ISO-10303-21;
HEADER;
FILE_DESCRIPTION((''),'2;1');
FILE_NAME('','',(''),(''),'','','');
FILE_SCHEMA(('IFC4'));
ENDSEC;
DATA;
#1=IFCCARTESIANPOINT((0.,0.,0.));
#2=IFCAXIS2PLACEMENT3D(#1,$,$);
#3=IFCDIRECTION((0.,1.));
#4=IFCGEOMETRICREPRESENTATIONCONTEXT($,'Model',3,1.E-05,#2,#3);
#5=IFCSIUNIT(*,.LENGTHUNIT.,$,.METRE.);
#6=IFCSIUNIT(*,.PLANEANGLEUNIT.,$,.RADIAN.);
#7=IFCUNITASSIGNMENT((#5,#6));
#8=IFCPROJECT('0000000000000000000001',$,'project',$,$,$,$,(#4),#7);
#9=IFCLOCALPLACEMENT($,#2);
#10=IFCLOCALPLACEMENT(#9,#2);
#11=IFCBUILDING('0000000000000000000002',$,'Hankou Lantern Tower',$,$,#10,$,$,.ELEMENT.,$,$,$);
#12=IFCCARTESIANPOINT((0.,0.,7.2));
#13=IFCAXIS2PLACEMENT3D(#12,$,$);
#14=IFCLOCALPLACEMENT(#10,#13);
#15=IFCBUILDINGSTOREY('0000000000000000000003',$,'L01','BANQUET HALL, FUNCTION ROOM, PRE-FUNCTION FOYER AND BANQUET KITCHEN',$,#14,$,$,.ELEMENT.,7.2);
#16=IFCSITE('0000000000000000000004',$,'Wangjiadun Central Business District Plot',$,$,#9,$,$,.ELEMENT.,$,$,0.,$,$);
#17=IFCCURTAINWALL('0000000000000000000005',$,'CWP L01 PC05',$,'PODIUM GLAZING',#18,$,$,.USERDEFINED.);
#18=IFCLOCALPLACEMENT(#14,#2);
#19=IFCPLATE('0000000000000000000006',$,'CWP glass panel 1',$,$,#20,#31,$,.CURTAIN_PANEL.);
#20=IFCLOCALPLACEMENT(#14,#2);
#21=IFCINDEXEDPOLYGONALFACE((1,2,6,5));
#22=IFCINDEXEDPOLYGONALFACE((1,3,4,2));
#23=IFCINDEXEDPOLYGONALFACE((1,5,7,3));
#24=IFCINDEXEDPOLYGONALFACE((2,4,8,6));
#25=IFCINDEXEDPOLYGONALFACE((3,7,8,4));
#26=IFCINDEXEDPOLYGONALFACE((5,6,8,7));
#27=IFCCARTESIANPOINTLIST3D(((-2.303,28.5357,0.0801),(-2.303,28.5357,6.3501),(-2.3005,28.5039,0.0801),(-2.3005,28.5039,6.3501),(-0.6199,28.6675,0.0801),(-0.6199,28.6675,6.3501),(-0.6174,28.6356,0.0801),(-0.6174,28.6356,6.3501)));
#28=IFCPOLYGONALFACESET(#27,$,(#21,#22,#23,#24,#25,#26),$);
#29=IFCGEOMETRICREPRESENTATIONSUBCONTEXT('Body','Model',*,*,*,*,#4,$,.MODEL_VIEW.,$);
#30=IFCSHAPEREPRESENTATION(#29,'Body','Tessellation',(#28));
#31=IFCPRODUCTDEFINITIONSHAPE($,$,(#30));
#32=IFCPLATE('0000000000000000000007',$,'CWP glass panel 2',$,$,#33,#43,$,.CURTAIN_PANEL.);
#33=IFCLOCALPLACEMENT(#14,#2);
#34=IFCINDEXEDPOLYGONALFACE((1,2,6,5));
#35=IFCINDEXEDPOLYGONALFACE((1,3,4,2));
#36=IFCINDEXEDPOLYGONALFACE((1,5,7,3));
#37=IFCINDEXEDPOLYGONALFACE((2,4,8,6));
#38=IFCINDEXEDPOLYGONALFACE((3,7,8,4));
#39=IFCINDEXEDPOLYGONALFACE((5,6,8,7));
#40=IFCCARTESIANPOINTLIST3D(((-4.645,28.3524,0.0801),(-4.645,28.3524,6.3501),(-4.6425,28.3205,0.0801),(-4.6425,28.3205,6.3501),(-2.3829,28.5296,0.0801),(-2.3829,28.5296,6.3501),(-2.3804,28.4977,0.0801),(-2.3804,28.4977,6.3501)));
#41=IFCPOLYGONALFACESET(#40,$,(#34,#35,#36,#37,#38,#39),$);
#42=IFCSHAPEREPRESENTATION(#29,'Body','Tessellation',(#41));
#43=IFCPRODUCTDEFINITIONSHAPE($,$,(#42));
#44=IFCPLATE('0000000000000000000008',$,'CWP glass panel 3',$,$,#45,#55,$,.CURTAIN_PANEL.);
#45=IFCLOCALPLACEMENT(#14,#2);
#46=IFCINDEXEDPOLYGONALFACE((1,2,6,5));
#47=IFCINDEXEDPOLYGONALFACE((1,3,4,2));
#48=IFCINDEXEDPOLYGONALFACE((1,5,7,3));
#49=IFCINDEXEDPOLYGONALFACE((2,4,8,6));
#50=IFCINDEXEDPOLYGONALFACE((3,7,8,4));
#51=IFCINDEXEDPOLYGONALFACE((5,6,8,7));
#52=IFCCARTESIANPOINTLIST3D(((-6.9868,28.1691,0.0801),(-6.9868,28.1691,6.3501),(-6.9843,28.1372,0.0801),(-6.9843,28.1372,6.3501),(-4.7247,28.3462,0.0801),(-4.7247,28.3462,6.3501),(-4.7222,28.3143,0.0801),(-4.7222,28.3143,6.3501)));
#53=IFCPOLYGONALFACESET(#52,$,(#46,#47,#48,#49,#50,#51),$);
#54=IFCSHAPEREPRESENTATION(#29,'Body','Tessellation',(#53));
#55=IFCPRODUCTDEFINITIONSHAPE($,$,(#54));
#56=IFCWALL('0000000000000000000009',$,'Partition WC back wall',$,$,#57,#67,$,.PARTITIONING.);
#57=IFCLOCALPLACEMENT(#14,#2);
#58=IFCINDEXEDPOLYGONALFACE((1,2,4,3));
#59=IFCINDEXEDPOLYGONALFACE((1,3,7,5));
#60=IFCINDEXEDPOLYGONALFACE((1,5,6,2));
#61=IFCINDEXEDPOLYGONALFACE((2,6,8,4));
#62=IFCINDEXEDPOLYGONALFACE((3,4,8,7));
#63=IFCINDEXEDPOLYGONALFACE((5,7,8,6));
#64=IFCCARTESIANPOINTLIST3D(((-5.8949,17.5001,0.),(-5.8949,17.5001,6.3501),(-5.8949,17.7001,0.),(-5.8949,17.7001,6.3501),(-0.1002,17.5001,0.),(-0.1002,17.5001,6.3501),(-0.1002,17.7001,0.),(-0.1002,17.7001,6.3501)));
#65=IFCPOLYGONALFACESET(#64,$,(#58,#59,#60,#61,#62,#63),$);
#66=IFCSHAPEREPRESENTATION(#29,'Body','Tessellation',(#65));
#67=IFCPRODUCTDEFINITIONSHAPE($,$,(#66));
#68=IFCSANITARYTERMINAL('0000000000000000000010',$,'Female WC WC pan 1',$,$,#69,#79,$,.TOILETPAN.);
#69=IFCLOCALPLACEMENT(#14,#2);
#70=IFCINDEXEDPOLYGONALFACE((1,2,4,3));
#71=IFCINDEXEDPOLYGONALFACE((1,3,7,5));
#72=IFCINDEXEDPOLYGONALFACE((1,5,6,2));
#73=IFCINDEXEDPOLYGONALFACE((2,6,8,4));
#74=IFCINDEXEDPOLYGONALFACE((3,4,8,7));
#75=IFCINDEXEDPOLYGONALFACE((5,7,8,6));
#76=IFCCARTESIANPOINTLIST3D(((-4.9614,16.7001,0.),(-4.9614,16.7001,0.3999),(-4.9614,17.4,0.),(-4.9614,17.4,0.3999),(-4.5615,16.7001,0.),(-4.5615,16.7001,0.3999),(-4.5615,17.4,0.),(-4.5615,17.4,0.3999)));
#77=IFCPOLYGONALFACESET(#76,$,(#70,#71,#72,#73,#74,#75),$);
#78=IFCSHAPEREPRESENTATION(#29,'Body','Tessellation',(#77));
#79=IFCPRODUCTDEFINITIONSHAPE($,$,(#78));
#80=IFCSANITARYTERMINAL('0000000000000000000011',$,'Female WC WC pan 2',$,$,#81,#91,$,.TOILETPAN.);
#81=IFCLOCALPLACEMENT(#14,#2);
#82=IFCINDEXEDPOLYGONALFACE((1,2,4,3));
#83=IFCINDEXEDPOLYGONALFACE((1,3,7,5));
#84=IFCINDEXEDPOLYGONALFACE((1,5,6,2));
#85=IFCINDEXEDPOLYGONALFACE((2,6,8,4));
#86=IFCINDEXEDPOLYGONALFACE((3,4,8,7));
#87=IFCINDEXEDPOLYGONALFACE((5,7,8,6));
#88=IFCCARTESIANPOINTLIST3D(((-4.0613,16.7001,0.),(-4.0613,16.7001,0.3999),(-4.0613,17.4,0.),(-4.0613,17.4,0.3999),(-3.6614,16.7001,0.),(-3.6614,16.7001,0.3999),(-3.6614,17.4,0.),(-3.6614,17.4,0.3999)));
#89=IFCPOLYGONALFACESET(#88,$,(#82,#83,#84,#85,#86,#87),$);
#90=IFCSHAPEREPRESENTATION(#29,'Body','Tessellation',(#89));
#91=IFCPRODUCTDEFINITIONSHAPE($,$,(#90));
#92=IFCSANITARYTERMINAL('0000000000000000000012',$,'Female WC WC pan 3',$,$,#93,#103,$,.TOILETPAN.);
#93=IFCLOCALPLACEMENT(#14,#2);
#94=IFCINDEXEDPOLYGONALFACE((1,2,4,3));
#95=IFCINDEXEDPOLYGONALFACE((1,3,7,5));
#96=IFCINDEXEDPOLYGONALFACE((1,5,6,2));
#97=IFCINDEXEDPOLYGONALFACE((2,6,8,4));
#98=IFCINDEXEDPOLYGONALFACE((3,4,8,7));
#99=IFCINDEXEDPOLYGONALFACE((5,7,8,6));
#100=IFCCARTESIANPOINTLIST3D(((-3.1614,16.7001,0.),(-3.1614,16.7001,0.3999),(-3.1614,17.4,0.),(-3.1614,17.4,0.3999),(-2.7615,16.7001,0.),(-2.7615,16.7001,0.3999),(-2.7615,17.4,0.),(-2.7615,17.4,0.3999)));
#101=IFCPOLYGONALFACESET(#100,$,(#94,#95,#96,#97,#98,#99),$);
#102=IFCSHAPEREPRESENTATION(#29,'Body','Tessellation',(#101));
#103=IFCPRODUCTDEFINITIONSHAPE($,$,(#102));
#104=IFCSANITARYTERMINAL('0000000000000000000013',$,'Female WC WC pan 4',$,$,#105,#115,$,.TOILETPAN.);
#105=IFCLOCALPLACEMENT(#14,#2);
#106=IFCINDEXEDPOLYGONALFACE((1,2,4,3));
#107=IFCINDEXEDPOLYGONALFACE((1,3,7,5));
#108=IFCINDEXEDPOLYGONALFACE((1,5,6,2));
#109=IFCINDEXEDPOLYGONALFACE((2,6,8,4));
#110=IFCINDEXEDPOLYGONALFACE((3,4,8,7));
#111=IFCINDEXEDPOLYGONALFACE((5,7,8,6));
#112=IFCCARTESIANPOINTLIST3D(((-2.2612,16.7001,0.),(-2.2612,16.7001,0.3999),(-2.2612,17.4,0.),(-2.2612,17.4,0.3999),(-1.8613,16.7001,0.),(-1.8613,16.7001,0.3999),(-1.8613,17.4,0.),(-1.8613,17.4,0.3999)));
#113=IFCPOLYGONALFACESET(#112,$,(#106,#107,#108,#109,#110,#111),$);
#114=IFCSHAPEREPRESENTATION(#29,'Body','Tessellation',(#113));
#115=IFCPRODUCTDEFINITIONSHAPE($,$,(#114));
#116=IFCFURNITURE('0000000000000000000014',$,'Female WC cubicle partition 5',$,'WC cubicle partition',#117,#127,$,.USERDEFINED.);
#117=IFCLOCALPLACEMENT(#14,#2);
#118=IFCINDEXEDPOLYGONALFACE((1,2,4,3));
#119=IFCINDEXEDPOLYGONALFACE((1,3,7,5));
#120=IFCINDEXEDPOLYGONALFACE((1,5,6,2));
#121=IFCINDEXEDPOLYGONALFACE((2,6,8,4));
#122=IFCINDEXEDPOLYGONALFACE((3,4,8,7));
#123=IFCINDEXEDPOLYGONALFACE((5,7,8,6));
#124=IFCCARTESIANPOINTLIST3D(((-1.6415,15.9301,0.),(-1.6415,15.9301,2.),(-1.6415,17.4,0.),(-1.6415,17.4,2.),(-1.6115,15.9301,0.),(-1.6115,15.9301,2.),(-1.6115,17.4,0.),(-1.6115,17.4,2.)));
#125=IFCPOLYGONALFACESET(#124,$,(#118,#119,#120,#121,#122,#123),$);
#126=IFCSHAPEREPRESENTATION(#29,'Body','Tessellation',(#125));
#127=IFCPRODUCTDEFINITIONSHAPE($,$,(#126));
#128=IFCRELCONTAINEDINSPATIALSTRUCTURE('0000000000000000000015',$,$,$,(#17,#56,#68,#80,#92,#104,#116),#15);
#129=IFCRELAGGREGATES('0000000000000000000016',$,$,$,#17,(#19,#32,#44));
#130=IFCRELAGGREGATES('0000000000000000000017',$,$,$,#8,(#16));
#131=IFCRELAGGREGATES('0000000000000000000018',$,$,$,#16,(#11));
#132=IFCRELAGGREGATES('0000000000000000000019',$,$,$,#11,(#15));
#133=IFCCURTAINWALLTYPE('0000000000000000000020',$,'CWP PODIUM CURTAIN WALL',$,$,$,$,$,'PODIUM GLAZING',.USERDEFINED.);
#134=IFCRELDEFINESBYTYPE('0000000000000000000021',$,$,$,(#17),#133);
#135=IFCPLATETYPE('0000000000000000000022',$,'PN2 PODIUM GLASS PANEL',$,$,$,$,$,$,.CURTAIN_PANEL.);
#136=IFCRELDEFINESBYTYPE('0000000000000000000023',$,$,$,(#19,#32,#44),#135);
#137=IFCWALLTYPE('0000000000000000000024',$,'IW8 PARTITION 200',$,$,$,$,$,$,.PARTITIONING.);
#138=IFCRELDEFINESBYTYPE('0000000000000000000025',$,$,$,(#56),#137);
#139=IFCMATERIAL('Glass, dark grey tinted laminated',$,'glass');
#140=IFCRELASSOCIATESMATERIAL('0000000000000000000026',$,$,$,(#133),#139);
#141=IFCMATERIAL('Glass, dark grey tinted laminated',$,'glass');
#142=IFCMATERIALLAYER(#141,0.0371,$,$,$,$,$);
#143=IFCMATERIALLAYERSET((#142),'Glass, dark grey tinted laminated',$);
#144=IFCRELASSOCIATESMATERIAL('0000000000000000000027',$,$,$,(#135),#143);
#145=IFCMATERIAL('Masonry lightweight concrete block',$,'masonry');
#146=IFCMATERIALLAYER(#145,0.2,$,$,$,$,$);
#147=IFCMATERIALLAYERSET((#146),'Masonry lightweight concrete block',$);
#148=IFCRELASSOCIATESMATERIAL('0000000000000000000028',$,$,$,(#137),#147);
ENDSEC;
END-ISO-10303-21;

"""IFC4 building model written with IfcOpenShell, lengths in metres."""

from ifc_helpers import new_model, si_unit, direction, frame, frame_2d, origin, origin_2d, place, context, subcontext, project, spatial, rectangle, extrude, material, layer, layer_set, type_object, element, aggregate, save


model = new_model("IFC4")

# Units and contexts
model_context = context("Model", 3, precision=1e-05, world=origin(), true_north=direction((0.0, 1.0)))
body_context = subcontext(model_context, "Body", "Model", "MODEL_VIEW")
ifc_project = project(units=[si_unit("LENGTHUNIT", "METRE"), si_unit("PLANEANGLEUNIT", "RADIAN")], contexts=[model_context])

# Site, building, storey
site_placement = place(None, origin())
site = spatial("IfcSite", under=ifc_project, at=site_placement, Name="Wangjiadun Central Business District Plot", CompositionType="ELEMENT", RefElevation=0.0)
building_placement = place(site_placement, origin())
building = spatial("IfcBuilding", under=site, at=building_placement, Name="Hankou Lantern Tower", CompositionType="ELEMENT")
storey_placement = place(building_placement, frame((0.0, 0.0, 7.2)))
storey = spatial("IfcBuildingStorey", under=building, at=storey_placement, Name="L01", Description="BANQUET HALL, FUNCTION ROOM, PRE-FUNCTION FOYER AND BANQUET KITCHEN", CompositionType="ELEMENT", Elevation=7.2)

# Curtain wall
ifc_material_1 = material(Name="Glass, dark grey tinted laminated", Category="glass")
curtain_wall_type = type_object("IfcCurtainWallType", Name="CWP PODIUM CURTAIN WALL", ElementType="PODIUM GLAZING", PredefinedType="USERDEFINED", material=ifc_material_1)
curtain_wall_placement = place(storey_placement, origin())
curtain_wall = element("IfcCurtainWall", 1, at=curtain_wall_placement, inside=storey, type_object=curtain_wall_type, Name="CWP L01 PC05", ObjectType="PODIUM GLAZING", PredefinedType="USERDEFINED")

# Plates
ifc_material_2 = material(Name="Glass, dark grey tinted laminated", Category="glass")
ifc_layer_1 = layer(ifc_material_2, 0.0371)
ifc_layer_set_1 = layer_set([ifc_layer_1], Name="Glass, dark grey tinted laminated")
plate_type = type_object("IfcPlateType", Name="PN2 PODIUM GLASS PANEL", PredefinedType="CURTAIN_PANEL", material=ifc_layer_set_1)
plate_1_placement = place(storey_placement, frame((-1.4602, 28.5857, 0.0801), z_axis=(0.0, 0.0, 1.0), x_axis=(-0.996949, -0.078062, 0.0)))
plate_1 = element("IfcPlate", 2, at=plate_1_placement, type_object=plate_type, Name="CWP glass panel 1", PredefinedType="CURTAIN_PANEL", context=body_context, shape_type="SweptSolid", body=[
    extrude(rectangle(XDim=1.6882, YDim=0.032, at=origin_2d()), origin(), (0.0, 0.0, 1.0), 6.27),
])
plate_2_placement = place(storey_placement, frame((-3.5127, 28.425, 0.0801), z_axis=(0.0, 0.0, 1.0), x_axis=(-0.996949, -0.078062, 0.0)))
plate_2 = element("IfcPlate", 3, at=plate_2_placement, type_object=plate_type, Name="CWP glass panel 2", PredefinedType="CURTAIN_PANEL", context=body_context, shape_type="SweptSolid", body=[
    extrude(rectangle(XDim=2.269, YDim=0.032, at=origin_2d()), origin(), (0.0, 0.0, 1.0), 6.27),
])
plate_3_placement = place(storey_placement, frame((-5.8545, 28.2417, 0.0801), z_axis=(0.0, 0.0, 1.0), x_axis=(-0.996949, -0.078062, 0.0)))
plate_3 = element("IfcPlate", 4, at=plate_3_placement, type_object=plate_type, Name="CWP glass panel 3", PredefinedType="CURTAIN_PANEL", context=body_context, shape_type="SweptSolid", body=[
    extrude(rectangle(XDim=2.269, YDim=0.032, at=origin_2d()), origin(), (0.0, 0.0, 1.0), 6.27),
])
aggregate(curtain_wall, [plate_1, plate_2, plate_3])

# Wall
ifc_material_3 = material(Name="Masonry lightweight concrete block", Category="masonry")
ifc_layer_2 = layer(ifc_material_3, 0.2)
ifc_layer_set_2 = layer_set([ifc_layer_2], Name="Masonry lightweight concrete block")
wall_type = type_object("IfcWallType", Name="IW8 PARTITION 200", PredefinedType="PARTITIONING", material=ifc_layer_set_2)
wall_placement = place(storey_placement, frame((-0.1001, 17.6001, 0.0), z_axis=(0.0, 0.0, 1.0), x_axis=(-1.0, 0.0, 0.0)))
element("IfcWall", 5, at=wall_placement, inside=storey, type_object=wall_type, Name="Partition WC back wall", PredefinedType="PARTITIONING", context=body_context, shape_type="SweptSolid", body=[
    extrude(rectangle(XDim=5.7947, YDim=0.2, at=frame_2d((2.8975, 0.0))), origin(), (0.0, 0.0, 1.0), 6.3501),
])

# Sanitary terminals
for number, where, z_axis, x_axis, name in (
    (6, (-4.7615, 17.05, 0.0), (0.0, 0.0, 1.0), (1.0, 0.0, 0.0), "Female WC WC pan 1"),
    (7, (-3.8613, 17.05, 0.0), (0.0, 0.0, 1.0), (1.0, 0.0, 0.0), "Female WC WC pan 2"),
    (8, (-2.9614, 17.05, 0.0), (0.0, 0.0, 1.0), (1.0, 0.0, 0.0), "Female WC WC pan 3"),
    (9, (-2.0613, 17.05, 0.0), (0.0, 0.0, 1.0), (1.0, 0.0, 0.0), "Female WC WC pan 4"),
):
    element("IfcSanitaryTerminal", number, at=place(storey_placement, frame(where, z_axis=z_axis, x_axis=x_axis)), inside=storey, Name=name, PredefinedType="TOILETPAN", context=body_context, shape_type="SweptSolid", body=[
        extrude(rectangle(XDim=0.3999, YDim=0.7, at=origin_2d()), origin(), (0.0, 0.0, 1.0), 0.3999),
    ])

# Furniture
furniture_placement = place(storey_placement, frame((-1.6265, 16.665, 0.0), z_axis=(0.0, 0.0, 1.0), x_axis=(1.0, 0.0, 0.0)))
element("IfcFurniture", 10, at=furniture_placement, inside=storey, Name="Female WC cubicle partition 5", ObjectType="WC cubicle partition", PredefinedType="USERDEFINED", context=body_context, shape_type="SweptSolid", body=[
    extrude(rectangle(XDim=0.03, YDim=1.47, at=origin_2d()), origin(), (0.0, 0.0, 1.0), 2.0),
])

save(model, "model.ifc")
